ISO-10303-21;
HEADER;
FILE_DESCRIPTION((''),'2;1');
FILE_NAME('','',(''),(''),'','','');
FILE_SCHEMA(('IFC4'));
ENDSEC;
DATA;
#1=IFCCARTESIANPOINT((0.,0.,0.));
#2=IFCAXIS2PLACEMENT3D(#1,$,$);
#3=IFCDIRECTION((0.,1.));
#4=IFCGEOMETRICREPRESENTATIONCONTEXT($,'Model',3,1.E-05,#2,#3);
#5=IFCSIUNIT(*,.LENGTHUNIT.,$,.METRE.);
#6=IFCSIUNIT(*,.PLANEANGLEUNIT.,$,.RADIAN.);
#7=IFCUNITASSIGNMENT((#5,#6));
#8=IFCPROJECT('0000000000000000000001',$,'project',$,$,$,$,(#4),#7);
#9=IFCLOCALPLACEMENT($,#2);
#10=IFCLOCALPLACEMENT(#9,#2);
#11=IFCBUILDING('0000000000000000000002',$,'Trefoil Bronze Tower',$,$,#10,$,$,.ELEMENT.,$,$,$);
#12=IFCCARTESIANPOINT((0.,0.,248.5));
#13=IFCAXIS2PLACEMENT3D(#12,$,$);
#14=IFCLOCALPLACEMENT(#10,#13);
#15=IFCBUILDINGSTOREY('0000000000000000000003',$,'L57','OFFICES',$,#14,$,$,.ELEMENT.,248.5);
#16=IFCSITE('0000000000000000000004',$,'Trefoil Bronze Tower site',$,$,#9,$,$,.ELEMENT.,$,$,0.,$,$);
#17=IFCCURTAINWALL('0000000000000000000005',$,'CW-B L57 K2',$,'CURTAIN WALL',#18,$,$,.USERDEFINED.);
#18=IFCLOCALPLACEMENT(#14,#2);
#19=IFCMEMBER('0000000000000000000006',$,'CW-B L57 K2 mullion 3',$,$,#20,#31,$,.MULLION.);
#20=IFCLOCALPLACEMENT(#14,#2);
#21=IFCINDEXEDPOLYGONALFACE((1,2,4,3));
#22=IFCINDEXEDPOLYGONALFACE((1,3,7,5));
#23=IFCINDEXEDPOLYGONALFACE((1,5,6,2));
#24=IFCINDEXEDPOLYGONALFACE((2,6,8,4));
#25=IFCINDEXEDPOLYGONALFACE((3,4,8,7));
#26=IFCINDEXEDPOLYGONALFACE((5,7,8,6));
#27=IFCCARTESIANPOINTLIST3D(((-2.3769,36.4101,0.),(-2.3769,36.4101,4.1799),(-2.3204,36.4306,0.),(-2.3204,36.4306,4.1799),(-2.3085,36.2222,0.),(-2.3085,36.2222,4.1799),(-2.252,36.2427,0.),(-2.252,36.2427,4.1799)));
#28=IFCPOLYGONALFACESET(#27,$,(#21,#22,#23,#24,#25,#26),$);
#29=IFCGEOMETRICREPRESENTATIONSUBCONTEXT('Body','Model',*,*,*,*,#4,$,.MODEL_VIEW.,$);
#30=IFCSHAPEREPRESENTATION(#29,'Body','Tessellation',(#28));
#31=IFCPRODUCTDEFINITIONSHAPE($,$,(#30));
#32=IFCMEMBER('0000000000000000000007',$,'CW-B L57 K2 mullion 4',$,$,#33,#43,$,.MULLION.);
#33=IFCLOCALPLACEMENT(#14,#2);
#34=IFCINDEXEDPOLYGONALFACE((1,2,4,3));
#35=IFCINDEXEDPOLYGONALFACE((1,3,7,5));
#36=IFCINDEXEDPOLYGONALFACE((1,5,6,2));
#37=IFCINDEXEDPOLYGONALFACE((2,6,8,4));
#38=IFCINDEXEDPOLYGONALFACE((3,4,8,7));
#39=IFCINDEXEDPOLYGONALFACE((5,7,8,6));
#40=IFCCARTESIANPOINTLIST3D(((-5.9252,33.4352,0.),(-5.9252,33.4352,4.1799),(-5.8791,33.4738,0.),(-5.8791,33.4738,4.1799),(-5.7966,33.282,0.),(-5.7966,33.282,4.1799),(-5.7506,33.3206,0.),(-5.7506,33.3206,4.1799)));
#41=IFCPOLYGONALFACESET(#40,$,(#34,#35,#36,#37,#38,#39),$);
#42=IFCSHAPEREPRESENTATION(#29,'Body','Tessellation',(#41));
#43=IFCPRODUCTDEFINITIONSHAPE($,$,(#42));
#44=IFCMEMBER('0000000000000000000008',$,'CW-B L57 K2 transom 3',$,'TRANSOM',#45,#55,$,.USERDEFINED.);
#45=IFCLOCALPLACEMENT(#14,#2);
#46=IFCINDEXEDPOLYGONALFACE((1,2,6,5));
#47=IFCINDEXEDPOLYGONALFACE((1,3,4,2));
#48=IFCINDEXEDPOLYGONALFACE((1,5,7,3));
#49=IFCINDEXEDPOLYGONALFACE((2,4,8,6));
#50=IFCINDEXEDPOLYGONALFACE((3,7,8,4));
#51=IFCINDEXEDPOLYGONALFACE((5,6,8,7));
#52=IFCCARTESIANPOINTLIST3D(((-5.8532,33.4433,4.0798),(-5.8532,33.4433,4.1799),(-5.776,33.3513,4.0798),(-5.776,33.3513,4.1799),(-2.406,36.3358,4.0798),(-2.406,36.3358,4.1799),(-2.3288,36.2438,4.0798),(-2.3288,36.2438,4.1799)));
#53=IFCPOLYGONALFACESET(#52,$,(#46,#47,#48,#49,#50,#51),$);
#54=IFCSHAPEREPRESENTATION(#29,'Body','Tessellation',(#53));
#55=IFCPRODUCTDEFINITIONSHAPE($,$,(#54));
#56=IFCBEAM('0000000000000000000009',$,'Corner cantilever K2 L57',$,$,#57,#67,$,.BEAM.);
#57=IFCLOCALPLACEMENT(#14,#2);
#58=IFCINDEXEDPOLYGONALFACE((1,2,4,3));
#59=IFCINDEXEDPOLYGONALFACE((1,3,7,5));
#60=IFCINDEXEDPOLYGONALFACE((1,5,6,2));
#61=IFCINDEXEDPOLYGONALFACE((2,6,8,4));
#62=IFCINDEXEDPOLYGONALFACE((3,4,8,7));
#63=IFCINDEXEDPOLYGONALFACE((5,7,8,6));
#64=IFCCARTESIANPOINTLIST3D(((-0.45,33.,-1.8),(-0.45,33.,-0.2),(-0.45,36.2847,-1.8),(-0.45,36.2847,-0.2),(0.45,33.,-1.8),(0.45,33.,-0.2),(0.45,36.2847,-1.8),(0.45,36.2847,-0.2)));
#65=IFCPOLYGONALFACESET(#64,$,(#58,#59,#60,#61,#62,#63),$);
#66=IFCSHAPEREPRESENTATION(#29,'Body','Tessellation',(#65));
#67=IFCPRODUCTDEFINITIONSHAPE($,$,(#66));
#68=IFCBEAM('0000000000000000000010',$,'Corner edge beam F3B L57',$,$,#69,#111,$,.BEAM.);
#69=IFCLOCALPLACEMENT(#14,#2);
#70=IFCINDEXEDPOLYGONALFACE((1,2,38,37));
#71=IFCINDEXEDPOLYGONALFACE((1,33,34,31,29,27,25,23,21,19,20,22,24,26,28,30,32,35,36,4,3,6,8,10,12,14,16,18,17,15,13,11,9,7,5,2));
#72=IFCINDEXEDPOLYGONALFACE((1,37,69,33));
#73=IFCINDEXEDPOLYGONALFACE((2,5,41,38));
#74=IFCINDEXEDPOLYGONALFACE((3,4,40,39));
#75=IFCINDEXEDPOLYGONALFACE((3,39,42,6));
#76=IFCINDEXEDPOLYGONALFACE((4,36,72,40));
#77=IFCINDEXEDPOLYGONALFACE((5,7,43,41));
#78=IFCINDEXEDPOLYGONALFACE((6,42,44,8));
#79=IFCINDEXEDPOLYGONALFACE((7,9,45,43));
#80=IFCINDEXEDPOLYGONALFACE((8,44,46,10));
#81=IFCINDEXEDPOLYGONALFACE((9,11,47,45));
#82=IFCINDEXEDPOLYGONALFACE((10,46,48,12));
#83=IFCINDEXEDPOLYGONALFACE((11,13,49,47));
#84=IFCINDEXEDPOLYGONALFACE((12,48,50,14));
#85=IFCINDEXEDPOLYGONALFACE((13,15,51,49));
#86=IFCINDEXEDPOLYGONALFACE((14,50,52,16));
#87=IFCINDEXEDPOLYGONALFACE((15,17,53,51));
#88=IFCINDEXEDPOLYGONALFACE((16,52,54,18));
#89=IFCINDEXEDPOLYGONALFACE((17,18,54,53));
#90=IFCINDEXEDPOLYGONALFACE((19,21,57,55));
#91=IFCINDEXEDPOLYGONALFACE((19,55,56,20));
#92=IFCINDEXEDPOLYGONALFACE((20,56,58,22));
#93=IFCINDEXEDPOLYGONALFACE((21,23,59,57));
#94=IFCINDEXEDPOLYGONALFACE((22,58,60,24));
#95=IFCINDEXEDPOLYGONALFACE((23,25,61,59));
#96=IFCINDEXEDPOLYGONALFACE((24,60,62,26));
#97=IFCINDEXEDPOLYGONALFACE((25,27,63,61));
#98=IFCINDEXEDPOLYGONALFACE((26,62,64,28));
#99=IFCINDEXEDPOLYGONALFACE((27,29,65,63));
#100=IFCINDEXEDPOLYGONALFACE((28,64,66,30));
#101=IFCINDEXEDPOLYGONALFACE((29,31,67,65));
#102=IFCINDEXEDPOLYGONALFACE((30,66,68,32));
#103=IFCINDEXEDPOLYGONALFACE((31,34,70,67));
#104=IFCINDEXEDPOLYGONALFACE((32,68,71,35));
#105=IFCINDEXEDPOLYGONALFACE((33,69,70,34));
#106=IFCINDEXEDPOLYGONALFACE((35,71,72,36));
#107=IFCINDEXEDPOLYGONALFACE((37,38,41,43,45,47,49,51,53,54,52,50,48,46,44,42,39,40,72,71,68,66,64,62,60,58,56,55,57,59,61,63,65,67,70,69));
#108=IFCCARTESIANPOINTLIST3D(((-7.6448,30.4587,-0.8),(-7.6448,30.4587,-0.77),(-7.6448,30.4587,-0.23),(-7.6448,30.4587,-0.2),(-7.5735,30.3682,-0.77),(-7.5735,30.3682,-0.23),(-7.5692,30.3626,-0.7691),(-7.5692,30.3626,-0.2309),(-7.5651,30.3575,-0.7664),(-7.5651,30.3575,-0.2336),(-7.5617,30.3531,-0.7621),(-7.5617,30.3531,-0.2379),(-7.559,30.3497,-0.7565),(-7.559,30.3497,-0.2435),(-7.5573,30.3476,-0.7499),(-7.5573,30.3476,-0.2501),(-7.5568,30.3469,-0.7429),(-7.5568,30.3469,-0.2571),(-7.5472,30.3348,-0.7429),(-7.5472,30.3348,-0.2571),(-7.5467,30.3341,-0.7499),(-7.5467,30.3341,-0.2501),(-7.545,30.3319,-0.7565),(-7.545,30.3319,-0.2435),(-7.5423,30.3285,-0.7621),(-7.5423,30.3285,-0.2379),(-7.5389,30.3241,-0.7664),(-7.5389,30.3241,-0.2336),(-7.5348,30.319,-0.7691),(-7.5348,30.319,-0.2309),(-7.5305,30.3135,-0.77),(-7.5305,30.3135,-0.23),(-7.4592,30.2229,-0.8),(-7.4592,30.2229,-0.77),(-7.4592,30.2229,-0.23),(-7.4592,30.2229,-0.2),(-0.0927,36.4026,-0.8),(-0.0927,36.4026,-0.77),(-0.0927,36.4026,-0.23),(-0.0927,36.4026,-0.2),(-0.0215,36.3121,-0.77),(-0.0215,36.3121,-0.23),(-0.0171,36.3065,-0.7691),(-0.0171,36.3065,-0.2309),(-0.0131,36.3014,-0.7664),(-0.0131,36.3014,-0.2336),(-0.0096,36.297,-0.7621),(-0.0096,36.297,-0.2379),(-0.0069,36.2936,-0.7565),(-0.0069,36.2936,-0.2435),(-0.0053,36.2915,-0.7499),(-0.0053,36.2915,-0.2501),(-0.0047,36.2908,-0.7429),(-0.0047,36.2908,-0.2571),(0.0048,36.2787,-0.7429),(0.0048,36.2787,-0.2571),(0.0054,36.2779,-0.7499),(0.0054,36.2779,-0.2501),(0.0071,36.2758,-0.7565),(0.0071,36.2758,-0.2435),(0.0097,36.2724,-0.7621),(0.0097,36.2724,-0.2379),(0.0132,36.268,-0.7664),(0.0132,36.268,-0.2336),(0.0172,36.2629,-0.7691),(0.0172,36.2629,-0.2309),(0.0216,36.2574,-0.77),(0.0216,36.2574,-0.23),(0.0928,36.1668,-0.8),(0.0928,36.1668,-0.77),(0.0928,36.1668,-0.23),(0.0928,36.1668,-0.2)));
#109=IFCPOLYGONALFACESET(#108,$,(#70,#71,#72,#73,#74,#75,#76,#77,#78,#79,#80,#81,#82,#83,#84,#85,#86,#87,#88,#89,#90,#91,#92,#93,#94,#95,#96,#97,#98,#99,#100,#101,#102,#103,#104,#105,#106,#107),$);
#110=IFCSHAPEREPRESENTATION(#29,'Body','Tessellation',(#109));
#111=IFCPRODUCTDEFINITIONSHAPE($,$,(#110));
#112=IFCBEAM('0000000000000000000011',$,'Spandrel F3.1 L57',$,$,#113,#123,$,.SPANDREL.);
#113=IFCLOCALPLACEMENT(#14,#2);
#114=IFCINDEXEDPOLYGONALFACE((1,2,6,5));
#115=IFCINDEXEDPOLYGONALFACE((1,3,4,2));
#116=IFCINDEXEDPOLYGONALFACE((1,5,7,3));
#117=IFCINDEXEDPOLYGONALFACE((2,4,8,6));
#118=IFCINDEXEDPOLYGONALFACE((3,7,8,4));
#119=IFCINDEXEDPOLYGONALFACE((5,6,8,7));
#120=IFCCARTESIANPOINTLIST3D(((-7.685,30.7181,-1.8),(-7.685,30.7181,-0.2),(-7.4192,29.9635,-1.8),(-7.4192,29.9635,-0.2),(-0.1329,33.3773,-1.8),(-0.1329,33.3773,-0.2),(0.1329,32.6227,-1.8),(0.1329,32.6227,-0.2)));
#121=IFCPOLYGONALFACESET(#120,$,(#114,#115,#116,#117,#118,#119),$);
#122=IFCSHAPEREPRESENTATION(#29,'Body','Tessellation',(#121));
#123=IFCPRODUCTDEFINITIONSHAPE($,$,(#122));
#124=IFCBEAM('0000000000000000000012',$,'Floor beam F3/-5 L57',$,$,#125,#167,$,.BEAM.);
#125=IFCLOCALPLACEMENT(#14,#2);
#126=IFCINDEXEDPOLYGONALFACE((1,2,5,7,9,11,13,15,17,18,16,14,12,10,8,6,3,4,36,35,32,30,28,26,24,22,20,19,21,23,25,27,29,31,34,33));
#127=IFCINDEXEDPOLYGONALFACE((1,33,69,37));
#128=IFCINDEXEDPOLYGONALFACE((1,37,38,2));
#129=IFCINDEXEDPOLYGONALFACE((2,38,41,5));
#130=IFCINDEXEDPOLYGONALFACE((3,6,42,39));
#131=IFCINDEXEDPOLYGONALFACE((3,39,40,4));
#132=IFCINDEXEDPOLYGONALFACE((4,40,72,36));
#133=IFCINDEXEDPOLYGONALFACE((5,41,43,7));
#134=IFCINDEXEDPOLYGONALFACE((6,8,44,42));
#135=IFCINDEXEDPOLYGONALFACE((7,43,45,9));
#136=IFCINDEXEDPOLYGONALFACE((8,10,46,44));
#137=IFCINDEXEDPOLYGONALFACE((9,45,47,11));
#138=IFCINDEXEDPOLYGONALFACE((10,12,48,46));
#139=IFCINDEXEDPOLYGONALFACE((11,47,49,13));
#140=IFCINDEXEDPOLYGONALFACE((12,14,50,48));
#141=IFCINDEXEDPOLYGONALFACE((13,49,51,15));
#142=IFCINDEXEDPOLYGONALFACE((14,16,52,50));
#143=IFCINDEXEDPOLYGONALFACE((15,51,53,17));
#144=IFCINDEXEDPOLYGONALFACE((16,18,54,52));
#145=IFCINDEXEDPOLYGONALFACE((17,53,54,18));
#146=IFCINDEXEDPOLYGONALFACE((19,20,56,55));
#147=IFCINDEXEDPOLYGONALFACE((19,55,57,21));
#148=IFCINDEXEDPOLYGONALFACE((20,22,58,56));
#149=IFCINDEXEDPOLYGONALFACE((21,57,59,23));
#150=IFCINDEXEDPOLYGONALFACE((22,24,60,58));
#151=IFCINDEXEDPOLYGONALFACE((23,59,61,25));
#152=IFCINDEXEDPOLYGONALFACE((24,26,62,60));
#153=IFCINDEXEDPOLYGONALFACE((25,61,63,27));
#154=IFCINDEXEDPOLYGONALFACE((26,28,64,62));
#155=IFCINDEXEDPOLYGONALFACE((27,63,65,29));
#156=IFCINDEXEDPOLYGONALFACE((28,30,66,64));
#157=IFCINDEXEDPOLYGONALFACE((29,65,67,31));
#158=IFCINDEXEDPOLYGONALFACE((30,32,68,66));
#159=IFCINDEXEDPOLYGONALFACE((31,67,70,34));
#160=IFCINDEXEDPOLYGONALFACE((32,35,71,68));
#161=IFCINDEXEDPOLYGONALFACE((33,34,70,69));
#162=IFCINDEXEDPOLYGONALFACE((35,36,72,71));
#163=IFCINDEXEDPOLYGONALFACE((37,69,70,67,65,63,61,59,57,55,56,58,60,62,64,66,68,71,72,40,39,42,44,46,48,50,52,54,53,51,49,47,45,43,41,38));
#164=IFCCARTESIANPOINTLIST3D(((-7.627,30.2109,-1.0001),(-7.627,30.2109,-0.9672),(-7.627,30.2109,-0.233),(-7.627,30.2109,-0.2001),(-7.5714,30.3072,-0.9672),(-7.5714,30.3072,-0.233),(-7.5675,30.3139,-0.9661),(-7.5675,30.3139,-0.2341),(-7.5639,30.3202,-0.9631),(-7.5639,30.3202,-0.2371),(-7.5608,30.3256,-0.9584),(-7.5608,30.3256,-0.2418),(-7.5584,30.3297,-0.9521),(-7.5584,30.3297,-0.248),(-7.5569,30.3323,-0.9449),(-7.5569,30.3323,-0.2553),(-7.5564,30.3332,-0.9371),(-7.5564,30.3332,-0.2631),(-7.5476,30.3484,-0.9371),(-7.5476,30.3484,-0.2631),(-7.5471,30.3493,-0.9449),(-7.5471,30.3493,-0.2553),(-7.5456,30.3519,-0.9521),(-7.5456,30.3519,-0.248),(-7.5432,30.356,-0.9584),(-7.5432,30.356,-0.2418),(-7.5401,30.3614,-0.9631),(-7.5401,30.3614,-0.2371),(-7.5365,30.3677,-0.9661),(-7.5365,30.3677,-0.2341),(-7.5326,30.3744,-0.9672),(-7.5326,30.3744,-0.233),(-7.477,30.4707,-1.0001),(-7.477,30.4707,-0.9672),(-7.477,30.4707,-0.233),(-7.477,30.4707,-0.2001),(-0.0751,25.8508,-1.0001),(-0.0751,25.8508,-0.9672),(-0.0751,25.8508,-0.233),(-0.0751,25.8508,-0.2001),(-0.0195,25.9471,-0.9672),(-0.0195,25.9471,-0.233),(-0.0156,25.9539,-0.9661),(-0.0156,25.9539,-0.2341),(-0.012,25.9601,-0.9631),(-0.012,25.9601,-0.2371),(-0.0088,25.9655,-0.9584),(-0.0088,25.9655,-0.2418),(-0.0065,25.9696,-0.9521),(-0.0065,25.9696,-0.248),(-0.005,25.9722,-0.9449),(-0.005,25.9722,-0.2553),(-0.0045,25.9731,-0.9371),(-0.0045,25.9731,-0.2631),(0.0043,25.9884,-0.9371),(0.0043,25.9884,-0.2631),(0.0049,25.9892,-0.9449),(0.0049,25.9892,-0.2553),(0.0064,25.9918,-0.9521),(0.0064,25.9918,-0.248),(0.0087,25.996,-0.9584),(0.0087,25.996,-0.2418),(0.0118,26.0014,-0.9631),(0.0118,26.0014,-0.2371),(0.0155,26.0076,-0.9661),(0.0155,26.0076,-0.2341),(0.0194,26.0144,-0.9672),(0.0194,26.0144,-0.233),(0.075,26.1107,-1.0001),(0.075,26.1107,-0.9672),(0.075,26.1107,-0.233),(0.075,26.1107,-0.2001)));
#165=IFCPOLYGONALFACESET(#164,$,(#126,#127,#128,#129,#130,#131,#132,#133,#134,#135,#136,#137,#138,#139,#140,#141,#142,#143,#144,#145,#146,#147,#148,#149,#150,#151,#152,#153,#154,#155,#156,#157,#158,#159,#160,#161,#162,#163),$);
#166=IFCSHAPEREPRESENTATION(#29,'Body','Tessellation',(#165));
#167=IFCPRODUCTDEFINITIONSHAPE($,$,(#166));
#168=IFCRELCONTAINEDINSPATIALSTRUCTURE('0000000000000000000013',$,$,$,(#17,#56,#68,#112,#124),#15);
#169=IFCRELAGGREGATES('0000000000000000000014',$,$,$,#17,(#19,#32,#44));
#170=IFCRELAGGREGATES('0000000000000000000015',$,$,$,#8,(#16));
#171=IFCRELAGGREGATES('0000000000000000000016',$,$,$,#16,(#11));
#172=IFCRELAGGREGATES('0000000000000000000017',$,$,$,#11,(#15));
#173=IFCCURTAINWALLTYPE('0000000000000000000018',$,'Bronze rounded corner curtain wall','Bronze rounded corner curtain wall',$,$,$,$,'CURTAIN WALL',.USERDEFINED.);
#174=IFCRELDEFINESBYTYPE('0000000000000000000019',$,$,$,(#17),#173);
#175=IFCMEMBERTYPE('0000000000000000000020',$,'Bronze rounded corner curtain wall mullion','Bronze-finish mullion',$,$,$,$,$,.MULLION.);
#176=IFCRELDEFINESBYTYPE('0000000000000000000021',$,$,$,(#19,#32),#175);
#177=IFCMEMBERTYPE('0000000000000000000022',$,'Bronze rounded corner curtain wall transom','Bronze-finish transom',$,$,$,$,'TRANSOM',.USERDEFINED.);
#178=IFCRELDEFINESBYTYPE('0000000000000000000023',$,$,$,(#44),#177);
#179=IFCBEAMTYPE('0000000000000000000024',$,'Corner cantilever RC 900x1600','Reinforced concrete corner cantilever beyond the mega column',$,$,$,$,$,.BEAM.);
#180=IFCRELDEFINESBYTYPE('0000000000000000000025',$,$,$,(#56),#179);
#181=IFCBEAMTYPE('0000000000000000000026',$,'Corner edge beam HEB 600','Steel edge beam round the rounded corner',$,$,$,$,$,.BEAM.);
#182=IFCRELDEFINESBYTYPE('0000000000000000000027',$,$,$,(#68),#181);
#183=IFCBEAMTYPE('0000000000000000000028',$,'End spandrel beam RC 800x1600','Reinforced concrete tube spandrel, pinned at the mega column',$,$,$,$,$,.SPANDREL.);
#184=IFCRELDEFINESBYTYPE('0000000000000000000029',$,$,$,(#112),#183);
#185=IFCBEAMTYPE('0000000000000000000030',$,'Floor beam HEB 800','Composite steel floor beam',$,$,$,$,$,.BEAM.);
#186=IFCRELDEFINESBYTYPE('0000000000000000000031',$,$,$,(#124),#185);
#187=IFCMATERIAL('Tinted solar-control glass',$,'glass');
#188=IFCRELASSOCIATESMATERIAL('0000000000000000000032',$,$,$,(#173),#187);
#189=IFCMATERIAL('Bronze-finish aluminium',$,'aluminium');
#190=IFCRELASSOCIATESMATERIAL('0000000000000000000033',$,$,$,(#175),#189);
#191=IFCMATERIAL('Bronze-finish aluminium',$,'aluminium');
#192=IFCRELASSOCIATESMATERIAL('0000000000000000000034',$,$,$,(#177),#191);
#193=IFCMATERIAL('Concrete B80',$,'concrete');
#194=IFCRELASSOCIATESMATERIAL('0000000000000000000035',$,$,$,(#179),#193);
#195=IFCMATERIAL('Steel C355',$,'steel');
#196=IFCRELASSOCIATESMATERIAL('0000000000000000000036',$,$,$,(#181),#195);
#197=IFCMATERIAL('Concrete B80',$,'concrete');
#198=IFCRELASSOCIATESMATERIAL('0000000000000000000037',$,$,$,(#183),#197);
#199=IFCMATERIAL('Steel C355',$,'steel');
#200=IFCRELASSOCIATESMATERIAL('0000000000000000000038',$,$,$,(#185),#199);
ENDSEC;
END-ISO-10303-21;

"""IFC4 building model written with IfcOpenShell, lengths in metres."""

from ifc_helpers import new_model, si_unit, direction, frame, origin, origin_2d, place, context, subcontext, project, spatial, rectangle, i_section, extrude, material, material_profile, profile_set, type_object, element, aggregate, save


model = new_model("IFC4")

# Units and contexts
model_context = context("Model", 3, precision=1e-05, world=origin(), true_north=direction((0.0, 1.0)))
body_context = subcontext(model_context, "Body", "Model", "MODEL_VIEW")
ifc_project = project(units=[si_unit("LENGTHUNIT", "METRE"), si_unit("PLANEANGLEUNIT", "RADIAN")], contexts=[model_context])

# Site, building, storey
site_placement = place(None, origin())
site = spatial("IfcSite", under=ifc_project, at=site_placement, Name="Trefoil Bronze Tower site", CompositionType="ELEMENT", RefElevation=0.0)
building_placement = place(site_placement, origin())
building = spatial("IfcBuilding", under=site, at=building_placement, Name="Trefoil Bronze Tower", CompositionType="ELEMENT")
storey_placement = place(building_placement, frame((0.0, 0.0, 248.5)))
storey = spatial("IfcBuildingStorey", under=building, at=storey_placement, Name="L57", Description="OFFICES", CompositionType="ELEMENT", Elevation=248.5)

# Curtain wall, members
ifc_material_1 = material(Name="Tinted solar-control glass", Category="glass")
curtain_wall_type_1 = type_object("IfcCurtainWallType", Name="Bronze rounded corner curtain wall", Description="Bronze rounded corner curtain wall", ElementType="CURTAIN WALL", PredefinedType="USERDEFINED", material=ifc_material_1)
curtain_wall_1_placement = place(storey_placement, origin())
curtain_wall_1 = element("IfcCurtainWall", 1, at=curtain_wall_1_placement, inside=storey, type_object=curtain_wall_type_1, Name="CW-B L57 K2", ObjectType="CURTAIN WALL", PredefinedType="USERDEFINED")
ifc_material_2 = material(Name="Bronze-finish aluminium", Category="aluminium")
ifc_material_profile_1 = material_profile(ifc_material_2, rectangle(XDim=0.2, YDim=0.0601, at=origin_2d()), Name="CW-B mullion")
ifc_profile_set_1 = profile_set([ifc_material_profile_1], Name="Bronze-finish aluminium")
member_type_1 = type_object("IfcMemberType", Name="Bronze rounded corner curtain wall mullion", Description="Bronze-finish mullion", PredefinedType="MULLION", material=ifc_profile_set_1)
member_1_placement = place(storey_placement, frame((-2.3145, 36.3264, 0.0), z_axis=(0.0, 0.0, 1.0), x_axis=(0.34202, -0.939693, 0.0)))
member_1 = element("IfcMember", 2, at=member_1_placement, type_object=member_type_1, Name="CW-B L57 K2 mullion 3", PredefinedType="MULLION", context=body_context, shape_type="SweptSolid", body=[
    extrude(rectangle(XDim=0.2, YDim=0.0601, at=origin_2d()), origin(), (0.0, 0.0, 1.0), 4.1799),
])
member_2_placement = place(storey_placement, frame((-5.8379, 33.3779, 0.0), z_axis=(0.0, 0.0, 1.0), x_axis=(0.642788, -0.766044, 0.0)))
member_2 = element("IfcMember", 3, at=member_2_placement, type_object=member_type_1, Name="CW-B L57 K2 mullion 4", PredefinedType="MULLION", context=body_context, shape_type="SweptSolid", body=[
    extrude(rectangle(XDim=0.2, YDim=0.0601, at=origin_2d()), origin(), (0.0, 0.0, 1.0), 4.1799),
])
ifc_material_3 = material(Name="Bronze-finish aluminium", Category="aluminium")
ifc_material_profile_2 = material_profile(ifc_material_3, rectangle(XDim=0.1201, YDim=0.1001, at=origin_2d()), Name="CW-B transom")
ifc_profile_set_2 = profile_set([ifc_material_profile_2], Name="Bronze-finish aluminium")
member_type_2 = type_object("IfcMemberType", Name="Bronze rounded corner curtain wall transom", Description="Bronze-finish transom", ElementType="TRANSOM", PredefinedType="USERDEFINED", material=ifc_profile_set_2)
member_3_placement = place(storey_placement, frame((-2.3674, 36.2898, 4.1299), z_axis=(-0.766047, -0.642785, 0.0), x_axis=(0.642785, -0.766047, 0.0)))
member_3 = element("IfcMember", 4, at=member_3_placement, type_object=member_type_2, Name="CW-B L57 K2 transom 3", ObjectType="TRANSOM", PredefinedType="USERDEFINED", context=body_context, shape_type="SweptSolid", body=[
    extrude(rectangle(XDim=0.1201, YDim=0.1001, at=origin_2d()), origin(), (0.0, 0.0, 1.0), 4.5),
])

# Beams
ifc_material_4 = material(Name="Concrete B80", Category="concrete")
ifc_material_profile_3 = material_profile(ifc_material_4, rectangle(XDim=0.8999, YDim=1.6001, at=origin_2d()), Name="RC 900x1600")
ifc_profile_set_3 = profile_set([ifc_material_profile_3], Name="Concrete B80")
beam_type_1 = type_object("IfcBeamType", Name="Corner cantilever RC 900x1600", Description="Reinforced concrete corner cantilever beyond the mega column", PredefinedType="BEAM", material=ifc_profile_set_3)
beam_1_placement = place(storey_placement, frame((0.0, 33.0, -1.0), z_axis=(0.0, 1.0, 0.0), x_axis=(-1.0, 0.0, 0.0)))
element("IfcBeam", 5, at=beam_1_placement, inside=storey, type_object=beam_type_1, Name="Corner cantilever K2 L57", PredefinedType="BEAM", context=body_context, shape_type="SweptSolid", body=[
    extrude(rectangle(XDim=0.8999, YDim=1.6001, at=origin_2d()), origin(), (0.0, 0.0, 1.0), 3.2847),
])
ifc_material_5 = material(Name="Steel C355", Category="steel")
ifc_material_profile_4 = material_profile(ifc_material_5, i_section(OverallWidth=0.3, OverallDepth=0.6001, WebThickness=0.0154, FlangeThickness=0.03, FilletRadius=0.0271, at=origin_2d()), Name="HEB 600")
ifc_profile_set_4 = profile_set([ifc_material_profile_4], Name="Steel C355")
beam_type_2 = type_object("IfcBeamType", Name="Corner edge beam HEB 600", Description="Steel edge beam round the rounded corner", PredefinedType="BEAM", material=ifc_profile_set_4)
beam_2_placement = place(storey_placement, frame((-7.552, 30.3408, -0.5), z_axis=(0.785806, 0.618473, 0.0), x_axis=(-0.618473, 0.785806, 0.0)))
element("IfcBeam", 6, at=beam_2_placement, inside=storey, type_object=beam_type_2, Name="Corner edge beam F3B L57", PredefinedType="BEAM", context=body_context, shape_type="SweptSolid", body=[
    extrude(i_section(OverallWidth=0.3, OverallDepth=0.6001, WebThickness=0.0154, FlangeThickness=0.03, FilletRadius=0.0271, at=origin_2d()), origin(), (0.0, 0.0, 1.0), 9.6106),
])
ifc_material_6 = material(Name="Concrete B80", Category="concrete")
ifc_material_profile_5 = material_profile(ifc_material_6, rectangle(XDim=0.8, YDim=1.6001, at=origin_2d()), Name="RC 800x1600")
ifc_profile_set_5 = profile_set([ifc_material_profile_5], Name="Concrete B80")
beam_type_3 = type_object("IfcBeamType", Name="End spandrel beam RC 800x1600", Description="Reinforced concrete tube spandrel, pinned at the mega column", PredefinedType="SPANDREL", material=ifc_profile_set_5)
beam_3_placement = place(storey_placement, frame((0.0, 33.0, -1.0), z_axis=(-0.943234, -0.332128, 0.0), x_axis=(0.332128, -0.943234, 0.0)))
element("IfcBeam", 7, at=beam_3_placement, inside=storey, type_object=beam_type_3, Name="Spandrel F3.1 L57", PredefinedType="SPANDREL", context=body_context, shape_type="SweptSolid", body=[
    extrude(rectangle(XDim=0.8, YDim=1.6001, at=origin_2d()), origin(), (0.0, 0.0, 1.0), 8.0066),
])
ifc_material_7 = material(Name="Steel C355", Category="steel")
ifc_material_profile_6 = material_profile(ifc_material_7, i_section(OverallWidth=0.3, OverallDepth=0.8, WebThickness=0.0176, FlangeThickness=0.033, FilletRadius=0.03, at=origin_2d()), Name="HEB 800")
ifc_profile_set_6 = profile_set([ifc_material_profile_6], Name="Steel C355")
beam_type_4 = type_object("IfcBeamType", Name="Floor beam HEB 800", Description="Composite steel floor beam", PredefinedType="BEAM", material=ifc_profile_set_6)
beam_4_placement = place(storey_placement, frame((-7.552, 30.3408, -0.6001), z_axis=(0.866028, -0.499996, 0.0), x_axis=(0.499996, 0.866028, 0.0)))
element("IfcBeam", 8, at=beam_4_placement, inside=storey, type_object=beam_type_4, Name="Floor beam F3/-5 L57", PredefinedType="BEAM", context=body_context, shape_type="SweptSolid", body=[
    extrude(i_section(OverallWidth=0.3, OverallDepth=0.8, WebThickness=0.0176, FlangeThickness=0.033, FilletRadius=0.03, at=origin_2d()), origin(), (0.0, 0.0, 1.0), 8.7202),
])

aggregate(curtain_wall_1, [member_1, member_2, member_3])

save(model, "model.ifc")
